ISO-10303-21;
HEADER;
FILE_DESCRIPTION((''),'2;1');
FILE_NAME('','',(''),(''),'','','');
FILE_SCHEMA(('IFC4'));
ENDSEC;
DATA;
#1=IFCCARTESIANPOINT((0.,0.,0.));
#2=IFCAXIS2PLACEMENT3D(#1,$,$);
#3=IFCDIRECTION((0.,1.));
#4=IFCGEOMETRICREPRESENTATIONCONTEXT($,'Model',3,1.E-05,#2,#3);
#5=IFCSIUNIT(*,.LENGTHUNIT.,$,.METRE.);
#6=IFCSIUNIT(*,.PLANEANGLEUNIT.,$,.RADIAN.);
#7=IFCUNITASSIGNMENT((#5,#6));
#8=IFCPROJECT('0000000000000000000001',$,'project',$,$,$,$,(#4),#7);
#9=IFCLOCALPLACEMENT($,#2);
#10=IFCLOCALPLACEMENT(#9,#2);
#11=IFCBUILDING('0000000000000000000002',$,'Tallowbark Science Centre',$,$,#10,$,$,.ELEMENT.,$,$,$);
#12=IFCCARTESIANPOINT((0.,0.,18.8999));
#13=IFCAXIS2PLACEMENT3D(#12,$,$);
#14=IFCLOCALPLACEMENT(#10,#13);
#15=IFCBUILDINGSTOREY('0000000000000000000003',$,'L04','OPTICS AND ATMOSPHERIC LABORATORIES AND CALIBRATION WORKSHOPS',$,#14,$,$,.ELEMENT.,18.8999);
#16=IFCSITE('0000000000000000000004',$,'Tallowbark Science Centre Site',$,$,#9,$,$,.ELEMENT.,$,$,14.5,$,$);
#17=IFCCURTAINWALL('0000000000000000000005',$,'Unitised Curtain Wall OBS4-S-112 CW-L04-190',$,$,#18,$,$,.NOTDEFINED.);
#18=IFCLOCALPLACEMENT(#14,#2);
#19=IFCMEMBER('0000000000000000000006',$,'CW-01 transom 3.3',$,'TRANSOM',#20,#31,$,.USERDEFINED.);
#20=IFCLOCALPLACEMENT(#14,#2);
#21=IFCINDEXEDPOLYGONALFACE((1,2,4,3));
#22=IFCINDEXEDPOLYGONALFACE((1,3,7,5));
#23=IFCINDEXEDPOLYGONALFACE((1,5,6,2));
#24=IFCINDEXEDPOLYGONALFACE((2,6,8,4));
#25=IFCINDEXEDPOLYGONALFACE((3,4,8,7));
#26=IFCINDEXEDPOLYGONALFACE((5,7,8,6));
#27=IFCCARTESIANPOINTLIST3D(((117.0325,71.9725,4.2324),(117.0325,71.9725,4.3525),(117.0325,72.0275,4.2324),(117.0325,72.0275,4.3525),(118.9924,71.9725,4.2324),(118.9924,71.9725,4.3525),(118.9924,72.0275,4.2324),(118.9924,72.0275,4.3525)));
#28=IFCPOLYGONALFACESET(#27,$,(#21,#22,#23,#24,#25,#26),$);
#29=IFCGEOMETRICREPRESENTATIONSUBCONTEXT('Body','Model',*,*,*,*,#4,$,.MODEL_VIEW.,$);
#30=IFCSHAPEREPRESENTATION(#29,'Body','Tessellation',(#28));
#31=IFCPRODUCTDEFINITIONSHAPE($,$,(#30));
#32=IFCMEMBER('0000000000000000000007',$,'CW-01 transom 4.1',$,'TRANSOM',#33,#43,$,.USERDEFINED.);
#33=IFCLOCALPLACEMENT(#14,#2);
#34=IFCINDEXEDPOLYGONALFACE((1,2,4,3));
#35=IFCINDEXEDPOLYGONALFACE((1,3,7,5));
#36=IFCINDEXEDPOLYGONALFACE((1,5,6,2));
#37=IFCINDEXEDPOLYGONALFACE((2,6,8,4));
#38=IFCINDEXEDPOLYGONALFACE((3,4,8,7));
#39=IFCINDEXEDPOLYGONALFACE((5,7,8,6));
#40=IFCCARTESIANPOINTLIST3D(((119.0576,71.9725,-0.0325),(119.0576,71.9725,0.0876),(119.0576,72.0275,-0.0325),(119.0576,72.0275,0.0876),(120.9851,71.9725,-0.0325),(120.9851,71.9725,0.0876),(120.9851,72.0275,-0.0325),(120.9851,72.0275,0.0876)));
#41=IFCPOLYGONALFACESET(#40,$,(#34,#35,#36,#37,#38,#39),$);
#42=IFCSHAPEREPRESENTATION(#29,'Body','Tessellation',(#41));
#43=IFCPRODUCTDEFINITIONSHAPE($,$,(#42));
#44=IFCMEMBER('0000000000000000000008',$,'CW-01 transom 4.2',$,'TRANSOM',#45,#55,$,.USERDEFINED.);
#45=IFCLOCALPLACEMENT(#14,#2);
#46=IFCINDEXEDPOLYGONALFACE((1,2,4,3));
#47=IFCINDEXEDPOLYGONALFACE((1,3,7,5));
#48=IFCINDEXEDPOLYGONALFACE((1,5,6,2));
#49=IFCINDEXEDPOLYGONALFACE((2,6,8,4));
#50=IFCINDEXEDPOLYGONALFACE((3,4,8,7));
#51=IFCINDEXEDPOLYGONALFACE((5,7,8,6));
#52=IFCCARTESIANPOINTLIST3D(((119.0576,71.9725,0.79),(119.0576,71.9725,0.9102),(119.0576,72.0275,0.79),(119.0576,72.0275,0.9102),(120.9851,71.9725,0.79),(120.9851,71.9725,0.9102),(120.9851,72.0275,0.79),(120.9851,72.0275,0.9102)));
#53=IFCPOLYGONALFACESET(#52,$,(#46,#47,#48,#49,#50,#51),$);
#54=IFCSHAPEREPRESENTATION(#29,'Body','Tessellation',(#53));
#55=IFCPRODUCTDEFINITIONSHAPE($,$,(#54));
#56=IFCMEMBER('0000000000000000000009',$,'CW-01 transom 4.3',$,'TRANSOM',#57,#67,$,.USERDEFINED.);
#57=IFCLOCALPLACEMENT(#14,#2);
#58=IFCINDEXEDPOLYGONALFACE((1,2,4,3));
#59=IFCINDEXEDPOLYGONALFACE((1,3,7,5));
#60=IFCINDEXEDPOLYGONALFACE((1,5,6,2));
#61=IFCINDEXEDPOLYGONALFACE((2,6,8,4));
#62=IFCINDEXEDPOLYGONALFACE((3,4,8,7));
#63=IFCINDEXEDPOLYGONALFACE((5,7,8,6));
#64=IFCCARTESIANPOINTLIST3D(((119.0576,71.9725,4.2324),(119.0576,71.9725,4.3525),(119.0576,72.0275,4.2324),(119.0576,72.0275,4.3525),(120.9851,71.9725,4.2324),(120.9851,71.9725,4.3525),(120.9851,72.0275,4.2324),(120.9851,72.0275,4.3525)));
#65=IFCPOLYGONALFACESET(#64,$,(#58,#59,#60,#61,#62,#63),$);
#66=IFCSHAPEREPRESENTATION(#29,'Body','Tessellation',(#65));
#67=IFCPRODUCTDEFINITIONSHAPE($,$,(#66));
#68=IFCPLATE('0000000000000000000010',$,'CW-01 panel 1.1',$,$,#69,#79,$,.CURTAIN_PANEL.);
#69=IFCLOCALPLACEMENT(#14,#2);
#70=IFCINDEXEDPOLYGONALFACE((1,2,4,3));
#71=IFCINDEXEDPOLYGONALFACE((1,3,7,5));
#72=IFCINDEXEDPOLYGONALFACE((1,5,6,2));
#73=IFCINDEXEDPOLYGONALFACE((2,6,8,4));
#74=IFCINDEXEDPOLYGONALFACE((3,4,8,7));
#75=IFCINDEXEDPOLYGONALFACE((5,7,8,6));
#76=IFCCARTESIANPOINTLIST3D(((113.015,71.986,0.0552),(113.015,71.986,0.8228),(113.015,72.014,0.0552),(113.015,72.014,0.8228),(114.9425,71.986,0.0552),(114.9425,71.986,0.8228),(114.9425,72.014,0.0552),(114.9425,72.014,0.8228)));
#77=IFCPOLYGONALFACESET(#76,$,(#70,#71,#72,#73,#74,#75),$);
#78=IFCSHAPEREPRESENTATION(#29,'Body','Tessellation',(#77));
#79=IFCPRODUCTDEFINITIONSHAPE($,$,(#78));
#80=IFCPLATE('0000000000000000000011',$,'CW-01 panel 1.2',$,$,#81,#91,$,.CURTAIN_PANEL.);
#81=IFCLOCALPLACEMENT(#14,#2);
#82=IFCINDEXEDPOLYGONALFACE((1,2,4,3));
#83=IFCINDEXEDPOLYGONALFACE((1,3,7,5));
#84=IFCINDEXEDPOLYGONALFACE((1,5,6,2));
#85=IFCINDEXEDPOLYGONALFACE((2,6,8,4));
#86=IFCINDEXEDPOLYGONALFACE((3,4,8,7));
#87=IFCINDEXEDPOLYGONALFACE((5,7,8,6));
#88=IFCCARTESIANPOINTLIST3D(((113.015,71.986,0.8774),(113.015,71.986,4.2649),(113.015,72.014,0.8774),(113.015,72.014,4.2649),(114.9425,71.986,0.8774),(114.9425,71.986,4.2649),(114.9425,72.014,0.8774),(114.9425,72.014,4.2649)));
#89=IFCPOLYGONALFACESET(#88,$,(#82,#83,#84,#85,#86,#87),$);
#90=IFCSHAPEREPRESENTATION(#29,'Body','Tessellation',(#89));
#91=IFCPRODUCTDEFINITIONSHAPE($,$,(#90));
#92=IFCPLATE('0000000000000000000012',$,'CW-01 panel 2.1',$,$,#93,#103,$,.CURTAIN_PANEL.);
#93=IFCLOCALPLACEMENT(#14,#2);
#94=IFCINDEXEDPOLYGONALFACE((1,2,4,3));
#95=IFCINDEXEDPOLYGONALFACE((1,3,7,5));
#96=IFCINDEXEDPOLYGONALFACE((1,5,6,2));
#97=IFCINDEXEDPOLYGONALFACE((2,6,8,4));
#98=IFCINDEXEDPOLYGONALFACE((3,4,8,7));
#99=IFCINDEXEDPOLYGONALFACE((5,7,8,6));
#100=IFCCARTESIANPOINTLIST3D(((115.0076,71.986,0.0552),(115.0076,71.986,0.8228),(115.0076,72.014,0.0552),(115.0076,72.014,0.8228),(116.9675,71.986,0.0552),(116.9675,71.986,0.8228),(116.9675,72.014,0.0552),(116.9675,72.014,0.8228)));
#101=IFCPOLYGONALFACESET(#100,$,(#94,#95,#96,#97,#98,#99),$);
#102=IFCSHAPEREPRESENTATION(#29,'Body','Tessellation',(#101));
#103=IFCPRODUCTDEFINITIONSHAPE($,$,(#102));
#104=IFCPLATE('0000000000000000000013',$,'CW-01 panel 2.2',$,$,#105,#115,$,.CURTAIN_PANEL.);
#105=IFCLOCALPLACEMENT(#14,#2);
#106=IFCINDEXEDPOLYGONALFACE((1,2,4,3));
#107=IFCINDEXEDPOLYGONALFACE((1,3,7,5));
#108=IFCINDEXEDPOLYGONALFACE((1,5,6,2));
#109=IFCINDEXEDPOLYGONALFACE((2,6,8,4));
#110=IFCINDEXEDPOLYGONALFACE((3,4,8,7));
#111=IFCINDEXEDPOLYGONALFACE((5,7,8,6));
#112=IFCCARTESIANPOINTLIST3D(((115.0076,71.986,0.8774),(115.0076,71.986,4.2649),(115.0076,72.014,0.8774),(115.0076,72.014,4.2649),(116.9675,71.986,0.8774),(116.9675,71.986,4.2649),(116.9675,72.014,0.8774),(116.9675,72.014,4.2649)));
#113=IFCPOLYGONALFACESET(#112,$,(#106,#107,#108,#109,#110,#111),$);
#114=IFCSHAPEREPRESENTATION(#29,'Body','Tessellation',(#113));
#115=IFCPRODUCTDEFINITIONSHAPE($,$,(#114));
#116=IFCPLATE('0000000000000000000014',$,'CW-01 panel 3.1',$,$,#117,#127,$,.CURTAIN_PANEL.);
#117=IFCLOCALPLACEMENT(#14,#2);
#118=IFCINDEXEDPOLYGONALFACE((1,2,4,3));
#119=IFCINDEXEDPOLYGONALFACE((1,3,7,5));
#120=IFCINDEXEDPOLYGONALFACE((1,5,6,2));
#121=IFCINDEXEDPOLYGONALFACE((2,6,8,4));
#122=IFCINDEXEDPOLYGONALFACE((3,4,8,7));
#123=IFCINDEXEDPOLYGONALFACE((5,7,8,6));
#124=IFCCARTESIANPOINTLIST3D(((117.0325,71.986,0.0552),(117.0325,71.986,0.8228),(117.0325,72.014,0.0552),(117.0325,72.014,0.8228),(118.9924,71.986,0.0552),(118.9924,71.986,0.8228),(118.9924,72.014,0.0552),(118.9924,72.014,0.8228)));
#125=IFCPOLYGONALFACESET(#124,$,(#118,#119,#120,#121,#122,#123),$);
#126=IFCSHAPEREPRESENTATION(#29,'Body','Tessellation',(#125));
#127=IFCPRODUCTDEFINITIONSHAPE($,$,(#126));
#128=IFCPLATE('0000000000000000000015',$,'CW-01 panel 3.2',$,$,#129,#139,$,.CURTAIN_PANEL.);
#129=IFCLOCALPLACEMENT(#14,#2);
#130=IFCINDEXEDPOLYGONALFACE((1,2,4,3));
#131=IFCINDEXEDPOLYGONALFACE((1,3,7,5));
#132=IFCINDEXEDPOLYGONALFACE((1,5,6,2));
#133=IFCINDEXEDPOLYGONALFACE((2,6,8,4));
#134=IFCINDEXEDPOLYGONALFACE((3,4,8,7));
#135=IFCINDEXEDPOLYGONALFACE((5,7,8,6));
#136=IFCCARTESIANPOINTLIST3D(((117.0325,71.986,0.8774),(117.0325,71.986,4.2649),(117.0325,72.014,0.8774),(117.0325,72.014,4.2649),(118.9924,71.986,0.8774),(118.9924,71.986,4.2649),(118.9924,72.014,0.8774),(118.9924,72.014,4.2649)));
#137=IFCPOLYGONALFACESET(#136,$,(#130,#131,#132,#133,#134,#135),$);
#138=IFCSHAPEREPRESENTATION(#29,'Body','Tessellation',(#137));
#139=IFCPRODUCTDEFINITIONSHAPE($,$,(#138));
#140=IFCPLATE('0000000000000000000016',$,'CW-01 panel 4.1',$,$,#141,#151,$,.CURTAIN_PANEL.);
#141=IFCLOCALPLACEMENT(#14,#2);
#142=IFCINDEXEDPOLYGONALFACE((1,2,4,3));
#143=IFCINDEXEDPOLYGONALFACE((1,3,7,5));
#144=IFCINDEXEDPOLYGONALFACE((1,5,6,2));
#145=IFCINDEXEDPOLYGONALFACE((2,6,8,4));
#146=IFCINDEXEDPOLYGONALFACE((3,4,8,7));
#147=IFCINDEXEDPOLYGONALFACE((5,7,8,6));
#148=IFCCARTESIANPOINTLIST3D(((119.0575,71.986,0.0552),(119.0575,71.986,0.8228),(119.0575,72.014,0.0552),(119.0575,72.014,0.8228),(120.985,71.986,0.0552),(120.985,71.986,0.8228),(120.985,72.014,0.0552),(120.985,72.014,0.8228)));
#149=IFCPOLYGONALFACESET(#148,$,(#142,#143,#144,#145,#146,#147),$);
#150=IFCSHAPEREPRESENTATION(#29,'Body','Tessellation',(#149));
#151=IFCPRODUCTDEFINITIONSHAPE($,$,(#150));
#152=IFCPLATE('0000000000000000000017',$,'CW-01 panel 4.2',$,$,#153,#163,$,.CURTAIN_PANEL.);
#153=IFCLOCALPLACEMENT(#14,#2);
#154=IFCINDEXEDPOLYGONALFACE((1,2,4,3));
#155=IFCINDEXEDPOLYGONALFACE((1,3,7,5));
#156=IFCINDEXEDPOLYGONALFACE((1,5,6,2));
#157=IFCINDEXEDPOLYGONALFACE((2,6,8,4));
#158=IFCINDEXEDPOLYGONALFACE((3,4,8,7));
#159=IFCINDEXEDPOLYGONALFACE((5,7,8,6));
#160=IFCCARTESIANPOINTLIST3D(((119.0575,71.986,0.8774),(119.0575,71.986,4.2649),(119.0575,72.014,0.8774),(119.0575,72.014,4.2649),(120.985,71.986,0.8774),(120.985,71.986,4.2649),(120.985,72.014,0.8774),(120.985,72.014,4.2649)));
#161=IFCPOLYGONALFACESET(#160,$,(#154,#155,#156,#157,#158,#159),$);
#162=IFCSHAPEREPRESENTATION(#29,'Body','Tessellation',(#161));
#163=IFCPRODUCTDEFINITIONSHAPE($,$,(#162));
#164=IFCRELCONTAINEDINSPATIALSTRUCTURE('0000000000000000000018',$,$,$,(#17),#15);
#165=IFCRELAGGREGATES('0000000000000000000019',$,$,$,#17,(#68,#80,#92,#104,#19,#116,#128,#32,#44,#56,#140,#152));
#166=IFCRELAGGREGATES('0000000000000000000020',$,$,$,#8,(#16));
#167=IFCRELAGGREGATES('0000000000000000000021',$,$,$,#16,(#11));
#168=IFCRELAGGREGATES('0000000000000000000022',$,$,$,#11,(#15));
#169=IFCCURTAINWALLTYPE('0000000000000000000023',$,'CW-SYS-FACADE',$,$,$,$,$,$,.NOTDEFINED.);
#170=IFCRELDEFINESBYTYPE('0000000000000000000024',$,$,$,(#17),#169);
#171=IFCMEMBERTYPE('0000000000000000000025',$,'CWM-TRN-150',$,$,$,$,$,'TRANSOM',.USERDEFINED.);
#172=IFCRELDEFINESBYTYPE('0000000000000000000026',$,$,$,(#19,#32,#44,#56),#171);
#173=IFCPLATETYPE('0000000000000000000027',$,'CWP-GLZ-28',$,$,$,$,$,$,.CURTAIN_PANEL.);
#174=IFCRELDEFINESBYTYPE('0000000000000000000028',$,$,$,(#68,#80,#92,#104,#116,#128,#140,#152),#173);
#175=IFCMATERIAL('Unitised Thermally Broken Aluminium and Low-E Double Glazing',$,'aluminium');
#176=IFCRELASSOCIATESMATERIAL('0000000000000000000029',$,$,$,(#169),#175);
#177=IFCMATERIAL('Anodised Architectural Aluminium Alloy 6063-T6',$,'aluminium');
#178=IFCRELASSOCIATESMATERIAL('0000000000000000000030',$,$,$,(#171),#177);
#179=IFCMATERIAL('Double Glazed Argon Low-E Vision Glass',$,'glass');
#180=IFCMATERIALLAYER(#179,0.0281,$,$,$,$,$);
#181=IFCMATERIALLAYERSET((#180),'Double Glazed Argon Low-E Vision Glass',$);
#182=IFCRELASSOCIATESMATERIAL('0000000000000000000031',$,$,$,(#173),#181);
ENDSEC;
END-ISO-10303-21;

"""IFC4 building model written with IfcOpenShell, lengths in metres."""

from ifc_helpers import new_model, si_unit, direction, frame, origin, origin_2d, place, context, subcontext, project, spatial, rectangle, extrude, material, layer, layer_set, material_profile, profile_set, type_object, element, aggregate, save


model = new_model("IFC4")

# Units and contexts
model_context = context("Model", 3, precision=1e-05, world=origin(), true_north=direction((0.0, 1.0)))
body_context = subcontext(model_context, "Body", "Model", "MODEL_VIEW")
ifc_project = project(units=[si_unit("LENGTHUNIT", "METRE"), si_unit("PLANEANGLEUNIT", "RADIAN")], contexts=[model_context])

# Site, building, storey
site_placement = place(None, origin())
site = spatial("IfcSite", under=ifc_project, at=site_placement, Name="Tallowbark Science Centre Site", CompositionType="ELEMENT", RefElevation=14.5)
building_placement = place(site_placement, origin())
building = spatial("IfcBuilding", under=site, at=building_placement, Name="Tallowbark Science Centre", CompositionType="ELEMENT")
storey_placement = place(building_placement, frame((0.0, 0.0, 18.8999)))
storey = spatial("IfcBuildingStorey", under=building, at=storey_placement, Name="L04", Description="OPTICS AND ATMOSPHERIC LABORATORIES AND CALIBRATION WORKSHOPS", CompositionType="ELEMENT", Elevation=18.8999)

# Curtain wall, members, plates
ifc_material_1 = material(Name="Unitised Thermally Broken Aluminium and Low-E Double Glazing", Category="aluminium")
curtain_wall_type = type_object("IfcCurtainWallType", Name="CW-SYS-FACADE", PredefinedType="NOTDEFINED", material=ifc_material_1)
curtain_wall_placement = place(storey_placement, origin())
curtain_wall = element("IfcCurtainWall", 1, at=curtain_wall_placement, inside=storey, type_object=curtain_wall_type, Name="Unitised Curtain Wall OBS4-S-112 CW-L04-190", PredefinedType="NOTDEFINED")
ifc_material_2 = material(Name="Anodised Architectural Aluminium Alloy 6063-T6", Category="aluminium")
ifc_material_profile_1 = material_profile(ifc_material_2, rectangle(XDim=0.0549, YDim=0.1201, at=origin_2d()), Name="ALU55x120")
ifc_profile_set_1 = profile_set([ifc_material_profile_1], Name="Anodised Architectural Aluminium Alloy 6063-T6")
member_type_1 = type_object("IfcMemberType", Name="CWM-TRN-150", ElementType="TRANSOM", PredefinedType="USERDEFINED", material=ifc_profile_set_1)
member_1_placement = place(storey_placement, frame((117.0325, 72.0, 4.2925), z_axis=(1.0, 0.0, 0.0), x_axis=(0.0, 1.0, 0.0)))
member_1 = element("IfcMember", 2, at=member_1_placement, type_object=member_type_1, Name="CW-01 transom 3.3", ObjectType="TRANSOM", PredefinedType="USERDEFINED", context=body_context, shape_type="SweptSolid", body=[
    extrude(rectangle(XDim=0.0549, YDim=0.1201, at=origin_2d()), origin(), (0.0, 0.0, 1.0), 1.96),
])
member_2_placement = place(storey_placement, frame((119.0576, 72.0, 0.0276), z_axis=(1.0, 0.0, 0.0), x_axis=(0.0, 1.0, 0.0)))
member_2 = element("IfcMember", 3, at=member_2_placement, type_object=member_type_1, Name="CW-01 transom 4.1", ObjectType="TRANSOM", PredefinedType="USERDEFINED", context=body_context, shape_type="SweptSolid", body=[
    extrude(rectangle(XDim=0.0549, YDim=0.1201, at=origin_2d()), origin(), (0.0, 0.0, 1.0), 1.9275),
])
member_3_placement = place(storey_placement, frame((119.0576, 72.0, 0.8501), z_axis=(1.0, 0.0, 0.0), x_axis=(0.0, 1.0, 0.0)))
member_3 = element("IfcMember", 4, at=member_3_placement, type_object=member_type_1, Name="CW-01 transom 4.2", ObjectType="TRANSOM", PredefinedType="USERDEFINED", context=body_context, shape_type="SweptSolid", body=[
    extrude(rectangle(XDim=0.0549, YDim=0.1201, at=origin_2d()), origin(), (0.0, 0.0, 1.0), 1.9275),
])
member_4_placement = place(storey_placement, frame((119.0576, 72.0, 4.2925), z_axis=(1.0, 0.0, 0.0), x_axis=(0.0, 1.0, 0.0)))
member_4 = element("IfcMember", 5, at=member_4_placement, type_object=member_type_1, Name="CW-01 transom 4.3", ObjectType="TRANSOM", PredefinedType="USERDEFINED", context=body_context, shape_type="SweptSolid", body=[
    extrude(rectangle(XDim=0.0549, YDim=0.1201, at=origin_2d()), origin(), (0.0, 0.0, 1.0), 1.9275),
])
ifc_material_3 = material(Name="Double Glazed Argon Low-E Vision Glass", Category="glass")
ifc_layer = layer(ifc_material_3, 0.0281)
ifc_layer_set = layer_set([ifc_layer], Name="Double Glazed Argon Low-E Vision Glass")
plate_type = type_object("IfcPlateType", Name="CWP-GLZ-28", PredefinedType="CURTAIN_PANEL", material=ifc_layer_set)
plate_1_placement = place(storey_placement, frame((113.9788, 72.0, 0.0552), z_axis=(0.0, 0.0, 1.0), x_axis=(1.0, 0.0, 0.0)))
plate_1 = element("IfcPlate", 6, at=plate_1_placement, type_object=plate_type, Name="CW-01 panel 1.1", PredefinedType="CURTAIN_PANEL", context=body_context, shape_type="SweptSolid", body=[
    extrude(rectangle(XDim=1.9275, YDim=0.0281, at=origin_2d()), origin(), (0.0, 0.0, 1.0), 0.7676),
])
plate_2_placement = place(storey_placement, frame((113.9788, 72.0, 0.8774), z_axis=(0.0, 0.0, 1.0), x_axis=(1.0, 0.0, 0.0)))
plate_2 = element("IfcPlate", 7, at=plate_2_placement, type_object=plate_type, Name="CW-01 panel 1.2", PredefinedType="CURTAIN_PANEL", context=body_context, shape_type="SweptSolid", body=[
    extrude(rectangle(XDim=1.9275, YDim=0.0281, at=origin_2d()), origin(), (0.0, 0.0, 1.0), 3.3875),
])
plate_3_placement = place(storey_placement, frame((115.9875, 72.0, 0.0552), z_axis=(0.0, 0.0, 1.0), x_axis=(1.0, 0.0, 0.0)))
plate_3 = element("IfcPlate", 8, at=plate_3_placement, type_object=plate_type, Name="CW-01 panel 2.1", PredefinedType="CURTAIN_PANEL", context=body_context, shape_type="SweptSolid", body=[
    extrude(rectangle(XDim=1.96, YDim=0.0281, at=origin_2d()), origin(), (0.0, 0.0, 1.0), 0.7676),
])
plate_4_placement = place(storey_placement, frame((115.9875, 72.0, 0.8774), z_axis=(0.0, 0.0, 1.0), x_axis=(1.0, 0.0, 0.0)))
plate_4 = element("IfcPlate", 9, at=plate_4_placement, type_object=plate_type, Name="CW-01 panel 2.2", PredefinedType="CURTAIN_PANEL", context=body_context, shape_type="SweptSolid", body=[
    extrude(rectangle(XDim=1.96, YDim=0.0281, at=origin_2d()), origin(), (0.0, 0.0, 1.0), 3.3875),
])
plate_5_placement = place(storey_placement, frame((118.0125, 72.0, 0.0552), z_axis=(0.0, 0.0, 1.0), x_axis=(1.0, 0.0, 0.0)))
plate_5 = element("IfcPlate", 10, at=plate_5_placement, type_object=plate_type, Name="CW-01 panel 3.1", PredefinedType="CURTAIN_PANEL", context=body_context, shape_type="SweptSolid", body=[
    extrude(rectangle(XDim=1.96, YDim=0.0281, at=origin_2d()), origin(), (0.0, 0.0, 1.0), 0.7676),
])
plate_6_placement = place(storey_placement, frame((118.0125, 72.0, 0.8774), z_axis=(0.0, 0.0, 1.0), x_axis=(1.0, 0.0, 0.0)))
plate_6 = element("IfcPlate", 11, at=plate_6_placement, type_object=plate_type, Name="CW-01 panel 3.2", PredefinedType="CURTAIN_PANEL", context=body_context, shape_type="SweptSolid", body=[
    extrude(rectangle(XDim=1.96, YDim=0.0281, at=origin_2d()), origin(), (0.0, 0.0, 1.0), 3.3875),
])
plate_7_placement = place(storey_placement, frame((120.0212, 72.0, 0.0552), z_axis=(0.0, 0.0, 1.0), x_axis=(1.0, 0.0, 0.0)))
plate_7 = element("IfcPlate", 12, at=plate_7_placement, type_object=plate_type, Name="CW-01 panel 4.1", PredefinedType="CURTAIN_PANEL", context=body_context, shape_type="SweptSolid", body=[
    extrude(rectangle(XDim=1.9275, YDim=0.0281, at=origin_2d()), origin(), (0.0, 0.0, 1.0), 0.7676),
])
plate_8_placement = place(storey_placement, frame((120.0212, 72.0, 0.8774), z_axis=(0.0, 0.0, 1.0), x_axis=(1.0, 0.0, 0.0)))
plate_8 = element("IfcPlate", 13, at=plate_8_placement, type_object=plate_type, Name="CW-01 panel 4.2", PredefinedType="CURTAIN_PANEL", context=body_context, shape_type="SweptSolid", body=[
    extrude(rectangle(XDim=1.9275, YDim=0.0281, at=origin_2d()), origin(), (0.0, 0.0, 1.0), 3.3875),
])
aggregate(curtain_wall, [plate_1, plate_2, plate_3, plate_4, member_1, plate_5, plate_6, member_2, member_3, member_4, plate_7, plate_8])

save(model, "model.ifc")
